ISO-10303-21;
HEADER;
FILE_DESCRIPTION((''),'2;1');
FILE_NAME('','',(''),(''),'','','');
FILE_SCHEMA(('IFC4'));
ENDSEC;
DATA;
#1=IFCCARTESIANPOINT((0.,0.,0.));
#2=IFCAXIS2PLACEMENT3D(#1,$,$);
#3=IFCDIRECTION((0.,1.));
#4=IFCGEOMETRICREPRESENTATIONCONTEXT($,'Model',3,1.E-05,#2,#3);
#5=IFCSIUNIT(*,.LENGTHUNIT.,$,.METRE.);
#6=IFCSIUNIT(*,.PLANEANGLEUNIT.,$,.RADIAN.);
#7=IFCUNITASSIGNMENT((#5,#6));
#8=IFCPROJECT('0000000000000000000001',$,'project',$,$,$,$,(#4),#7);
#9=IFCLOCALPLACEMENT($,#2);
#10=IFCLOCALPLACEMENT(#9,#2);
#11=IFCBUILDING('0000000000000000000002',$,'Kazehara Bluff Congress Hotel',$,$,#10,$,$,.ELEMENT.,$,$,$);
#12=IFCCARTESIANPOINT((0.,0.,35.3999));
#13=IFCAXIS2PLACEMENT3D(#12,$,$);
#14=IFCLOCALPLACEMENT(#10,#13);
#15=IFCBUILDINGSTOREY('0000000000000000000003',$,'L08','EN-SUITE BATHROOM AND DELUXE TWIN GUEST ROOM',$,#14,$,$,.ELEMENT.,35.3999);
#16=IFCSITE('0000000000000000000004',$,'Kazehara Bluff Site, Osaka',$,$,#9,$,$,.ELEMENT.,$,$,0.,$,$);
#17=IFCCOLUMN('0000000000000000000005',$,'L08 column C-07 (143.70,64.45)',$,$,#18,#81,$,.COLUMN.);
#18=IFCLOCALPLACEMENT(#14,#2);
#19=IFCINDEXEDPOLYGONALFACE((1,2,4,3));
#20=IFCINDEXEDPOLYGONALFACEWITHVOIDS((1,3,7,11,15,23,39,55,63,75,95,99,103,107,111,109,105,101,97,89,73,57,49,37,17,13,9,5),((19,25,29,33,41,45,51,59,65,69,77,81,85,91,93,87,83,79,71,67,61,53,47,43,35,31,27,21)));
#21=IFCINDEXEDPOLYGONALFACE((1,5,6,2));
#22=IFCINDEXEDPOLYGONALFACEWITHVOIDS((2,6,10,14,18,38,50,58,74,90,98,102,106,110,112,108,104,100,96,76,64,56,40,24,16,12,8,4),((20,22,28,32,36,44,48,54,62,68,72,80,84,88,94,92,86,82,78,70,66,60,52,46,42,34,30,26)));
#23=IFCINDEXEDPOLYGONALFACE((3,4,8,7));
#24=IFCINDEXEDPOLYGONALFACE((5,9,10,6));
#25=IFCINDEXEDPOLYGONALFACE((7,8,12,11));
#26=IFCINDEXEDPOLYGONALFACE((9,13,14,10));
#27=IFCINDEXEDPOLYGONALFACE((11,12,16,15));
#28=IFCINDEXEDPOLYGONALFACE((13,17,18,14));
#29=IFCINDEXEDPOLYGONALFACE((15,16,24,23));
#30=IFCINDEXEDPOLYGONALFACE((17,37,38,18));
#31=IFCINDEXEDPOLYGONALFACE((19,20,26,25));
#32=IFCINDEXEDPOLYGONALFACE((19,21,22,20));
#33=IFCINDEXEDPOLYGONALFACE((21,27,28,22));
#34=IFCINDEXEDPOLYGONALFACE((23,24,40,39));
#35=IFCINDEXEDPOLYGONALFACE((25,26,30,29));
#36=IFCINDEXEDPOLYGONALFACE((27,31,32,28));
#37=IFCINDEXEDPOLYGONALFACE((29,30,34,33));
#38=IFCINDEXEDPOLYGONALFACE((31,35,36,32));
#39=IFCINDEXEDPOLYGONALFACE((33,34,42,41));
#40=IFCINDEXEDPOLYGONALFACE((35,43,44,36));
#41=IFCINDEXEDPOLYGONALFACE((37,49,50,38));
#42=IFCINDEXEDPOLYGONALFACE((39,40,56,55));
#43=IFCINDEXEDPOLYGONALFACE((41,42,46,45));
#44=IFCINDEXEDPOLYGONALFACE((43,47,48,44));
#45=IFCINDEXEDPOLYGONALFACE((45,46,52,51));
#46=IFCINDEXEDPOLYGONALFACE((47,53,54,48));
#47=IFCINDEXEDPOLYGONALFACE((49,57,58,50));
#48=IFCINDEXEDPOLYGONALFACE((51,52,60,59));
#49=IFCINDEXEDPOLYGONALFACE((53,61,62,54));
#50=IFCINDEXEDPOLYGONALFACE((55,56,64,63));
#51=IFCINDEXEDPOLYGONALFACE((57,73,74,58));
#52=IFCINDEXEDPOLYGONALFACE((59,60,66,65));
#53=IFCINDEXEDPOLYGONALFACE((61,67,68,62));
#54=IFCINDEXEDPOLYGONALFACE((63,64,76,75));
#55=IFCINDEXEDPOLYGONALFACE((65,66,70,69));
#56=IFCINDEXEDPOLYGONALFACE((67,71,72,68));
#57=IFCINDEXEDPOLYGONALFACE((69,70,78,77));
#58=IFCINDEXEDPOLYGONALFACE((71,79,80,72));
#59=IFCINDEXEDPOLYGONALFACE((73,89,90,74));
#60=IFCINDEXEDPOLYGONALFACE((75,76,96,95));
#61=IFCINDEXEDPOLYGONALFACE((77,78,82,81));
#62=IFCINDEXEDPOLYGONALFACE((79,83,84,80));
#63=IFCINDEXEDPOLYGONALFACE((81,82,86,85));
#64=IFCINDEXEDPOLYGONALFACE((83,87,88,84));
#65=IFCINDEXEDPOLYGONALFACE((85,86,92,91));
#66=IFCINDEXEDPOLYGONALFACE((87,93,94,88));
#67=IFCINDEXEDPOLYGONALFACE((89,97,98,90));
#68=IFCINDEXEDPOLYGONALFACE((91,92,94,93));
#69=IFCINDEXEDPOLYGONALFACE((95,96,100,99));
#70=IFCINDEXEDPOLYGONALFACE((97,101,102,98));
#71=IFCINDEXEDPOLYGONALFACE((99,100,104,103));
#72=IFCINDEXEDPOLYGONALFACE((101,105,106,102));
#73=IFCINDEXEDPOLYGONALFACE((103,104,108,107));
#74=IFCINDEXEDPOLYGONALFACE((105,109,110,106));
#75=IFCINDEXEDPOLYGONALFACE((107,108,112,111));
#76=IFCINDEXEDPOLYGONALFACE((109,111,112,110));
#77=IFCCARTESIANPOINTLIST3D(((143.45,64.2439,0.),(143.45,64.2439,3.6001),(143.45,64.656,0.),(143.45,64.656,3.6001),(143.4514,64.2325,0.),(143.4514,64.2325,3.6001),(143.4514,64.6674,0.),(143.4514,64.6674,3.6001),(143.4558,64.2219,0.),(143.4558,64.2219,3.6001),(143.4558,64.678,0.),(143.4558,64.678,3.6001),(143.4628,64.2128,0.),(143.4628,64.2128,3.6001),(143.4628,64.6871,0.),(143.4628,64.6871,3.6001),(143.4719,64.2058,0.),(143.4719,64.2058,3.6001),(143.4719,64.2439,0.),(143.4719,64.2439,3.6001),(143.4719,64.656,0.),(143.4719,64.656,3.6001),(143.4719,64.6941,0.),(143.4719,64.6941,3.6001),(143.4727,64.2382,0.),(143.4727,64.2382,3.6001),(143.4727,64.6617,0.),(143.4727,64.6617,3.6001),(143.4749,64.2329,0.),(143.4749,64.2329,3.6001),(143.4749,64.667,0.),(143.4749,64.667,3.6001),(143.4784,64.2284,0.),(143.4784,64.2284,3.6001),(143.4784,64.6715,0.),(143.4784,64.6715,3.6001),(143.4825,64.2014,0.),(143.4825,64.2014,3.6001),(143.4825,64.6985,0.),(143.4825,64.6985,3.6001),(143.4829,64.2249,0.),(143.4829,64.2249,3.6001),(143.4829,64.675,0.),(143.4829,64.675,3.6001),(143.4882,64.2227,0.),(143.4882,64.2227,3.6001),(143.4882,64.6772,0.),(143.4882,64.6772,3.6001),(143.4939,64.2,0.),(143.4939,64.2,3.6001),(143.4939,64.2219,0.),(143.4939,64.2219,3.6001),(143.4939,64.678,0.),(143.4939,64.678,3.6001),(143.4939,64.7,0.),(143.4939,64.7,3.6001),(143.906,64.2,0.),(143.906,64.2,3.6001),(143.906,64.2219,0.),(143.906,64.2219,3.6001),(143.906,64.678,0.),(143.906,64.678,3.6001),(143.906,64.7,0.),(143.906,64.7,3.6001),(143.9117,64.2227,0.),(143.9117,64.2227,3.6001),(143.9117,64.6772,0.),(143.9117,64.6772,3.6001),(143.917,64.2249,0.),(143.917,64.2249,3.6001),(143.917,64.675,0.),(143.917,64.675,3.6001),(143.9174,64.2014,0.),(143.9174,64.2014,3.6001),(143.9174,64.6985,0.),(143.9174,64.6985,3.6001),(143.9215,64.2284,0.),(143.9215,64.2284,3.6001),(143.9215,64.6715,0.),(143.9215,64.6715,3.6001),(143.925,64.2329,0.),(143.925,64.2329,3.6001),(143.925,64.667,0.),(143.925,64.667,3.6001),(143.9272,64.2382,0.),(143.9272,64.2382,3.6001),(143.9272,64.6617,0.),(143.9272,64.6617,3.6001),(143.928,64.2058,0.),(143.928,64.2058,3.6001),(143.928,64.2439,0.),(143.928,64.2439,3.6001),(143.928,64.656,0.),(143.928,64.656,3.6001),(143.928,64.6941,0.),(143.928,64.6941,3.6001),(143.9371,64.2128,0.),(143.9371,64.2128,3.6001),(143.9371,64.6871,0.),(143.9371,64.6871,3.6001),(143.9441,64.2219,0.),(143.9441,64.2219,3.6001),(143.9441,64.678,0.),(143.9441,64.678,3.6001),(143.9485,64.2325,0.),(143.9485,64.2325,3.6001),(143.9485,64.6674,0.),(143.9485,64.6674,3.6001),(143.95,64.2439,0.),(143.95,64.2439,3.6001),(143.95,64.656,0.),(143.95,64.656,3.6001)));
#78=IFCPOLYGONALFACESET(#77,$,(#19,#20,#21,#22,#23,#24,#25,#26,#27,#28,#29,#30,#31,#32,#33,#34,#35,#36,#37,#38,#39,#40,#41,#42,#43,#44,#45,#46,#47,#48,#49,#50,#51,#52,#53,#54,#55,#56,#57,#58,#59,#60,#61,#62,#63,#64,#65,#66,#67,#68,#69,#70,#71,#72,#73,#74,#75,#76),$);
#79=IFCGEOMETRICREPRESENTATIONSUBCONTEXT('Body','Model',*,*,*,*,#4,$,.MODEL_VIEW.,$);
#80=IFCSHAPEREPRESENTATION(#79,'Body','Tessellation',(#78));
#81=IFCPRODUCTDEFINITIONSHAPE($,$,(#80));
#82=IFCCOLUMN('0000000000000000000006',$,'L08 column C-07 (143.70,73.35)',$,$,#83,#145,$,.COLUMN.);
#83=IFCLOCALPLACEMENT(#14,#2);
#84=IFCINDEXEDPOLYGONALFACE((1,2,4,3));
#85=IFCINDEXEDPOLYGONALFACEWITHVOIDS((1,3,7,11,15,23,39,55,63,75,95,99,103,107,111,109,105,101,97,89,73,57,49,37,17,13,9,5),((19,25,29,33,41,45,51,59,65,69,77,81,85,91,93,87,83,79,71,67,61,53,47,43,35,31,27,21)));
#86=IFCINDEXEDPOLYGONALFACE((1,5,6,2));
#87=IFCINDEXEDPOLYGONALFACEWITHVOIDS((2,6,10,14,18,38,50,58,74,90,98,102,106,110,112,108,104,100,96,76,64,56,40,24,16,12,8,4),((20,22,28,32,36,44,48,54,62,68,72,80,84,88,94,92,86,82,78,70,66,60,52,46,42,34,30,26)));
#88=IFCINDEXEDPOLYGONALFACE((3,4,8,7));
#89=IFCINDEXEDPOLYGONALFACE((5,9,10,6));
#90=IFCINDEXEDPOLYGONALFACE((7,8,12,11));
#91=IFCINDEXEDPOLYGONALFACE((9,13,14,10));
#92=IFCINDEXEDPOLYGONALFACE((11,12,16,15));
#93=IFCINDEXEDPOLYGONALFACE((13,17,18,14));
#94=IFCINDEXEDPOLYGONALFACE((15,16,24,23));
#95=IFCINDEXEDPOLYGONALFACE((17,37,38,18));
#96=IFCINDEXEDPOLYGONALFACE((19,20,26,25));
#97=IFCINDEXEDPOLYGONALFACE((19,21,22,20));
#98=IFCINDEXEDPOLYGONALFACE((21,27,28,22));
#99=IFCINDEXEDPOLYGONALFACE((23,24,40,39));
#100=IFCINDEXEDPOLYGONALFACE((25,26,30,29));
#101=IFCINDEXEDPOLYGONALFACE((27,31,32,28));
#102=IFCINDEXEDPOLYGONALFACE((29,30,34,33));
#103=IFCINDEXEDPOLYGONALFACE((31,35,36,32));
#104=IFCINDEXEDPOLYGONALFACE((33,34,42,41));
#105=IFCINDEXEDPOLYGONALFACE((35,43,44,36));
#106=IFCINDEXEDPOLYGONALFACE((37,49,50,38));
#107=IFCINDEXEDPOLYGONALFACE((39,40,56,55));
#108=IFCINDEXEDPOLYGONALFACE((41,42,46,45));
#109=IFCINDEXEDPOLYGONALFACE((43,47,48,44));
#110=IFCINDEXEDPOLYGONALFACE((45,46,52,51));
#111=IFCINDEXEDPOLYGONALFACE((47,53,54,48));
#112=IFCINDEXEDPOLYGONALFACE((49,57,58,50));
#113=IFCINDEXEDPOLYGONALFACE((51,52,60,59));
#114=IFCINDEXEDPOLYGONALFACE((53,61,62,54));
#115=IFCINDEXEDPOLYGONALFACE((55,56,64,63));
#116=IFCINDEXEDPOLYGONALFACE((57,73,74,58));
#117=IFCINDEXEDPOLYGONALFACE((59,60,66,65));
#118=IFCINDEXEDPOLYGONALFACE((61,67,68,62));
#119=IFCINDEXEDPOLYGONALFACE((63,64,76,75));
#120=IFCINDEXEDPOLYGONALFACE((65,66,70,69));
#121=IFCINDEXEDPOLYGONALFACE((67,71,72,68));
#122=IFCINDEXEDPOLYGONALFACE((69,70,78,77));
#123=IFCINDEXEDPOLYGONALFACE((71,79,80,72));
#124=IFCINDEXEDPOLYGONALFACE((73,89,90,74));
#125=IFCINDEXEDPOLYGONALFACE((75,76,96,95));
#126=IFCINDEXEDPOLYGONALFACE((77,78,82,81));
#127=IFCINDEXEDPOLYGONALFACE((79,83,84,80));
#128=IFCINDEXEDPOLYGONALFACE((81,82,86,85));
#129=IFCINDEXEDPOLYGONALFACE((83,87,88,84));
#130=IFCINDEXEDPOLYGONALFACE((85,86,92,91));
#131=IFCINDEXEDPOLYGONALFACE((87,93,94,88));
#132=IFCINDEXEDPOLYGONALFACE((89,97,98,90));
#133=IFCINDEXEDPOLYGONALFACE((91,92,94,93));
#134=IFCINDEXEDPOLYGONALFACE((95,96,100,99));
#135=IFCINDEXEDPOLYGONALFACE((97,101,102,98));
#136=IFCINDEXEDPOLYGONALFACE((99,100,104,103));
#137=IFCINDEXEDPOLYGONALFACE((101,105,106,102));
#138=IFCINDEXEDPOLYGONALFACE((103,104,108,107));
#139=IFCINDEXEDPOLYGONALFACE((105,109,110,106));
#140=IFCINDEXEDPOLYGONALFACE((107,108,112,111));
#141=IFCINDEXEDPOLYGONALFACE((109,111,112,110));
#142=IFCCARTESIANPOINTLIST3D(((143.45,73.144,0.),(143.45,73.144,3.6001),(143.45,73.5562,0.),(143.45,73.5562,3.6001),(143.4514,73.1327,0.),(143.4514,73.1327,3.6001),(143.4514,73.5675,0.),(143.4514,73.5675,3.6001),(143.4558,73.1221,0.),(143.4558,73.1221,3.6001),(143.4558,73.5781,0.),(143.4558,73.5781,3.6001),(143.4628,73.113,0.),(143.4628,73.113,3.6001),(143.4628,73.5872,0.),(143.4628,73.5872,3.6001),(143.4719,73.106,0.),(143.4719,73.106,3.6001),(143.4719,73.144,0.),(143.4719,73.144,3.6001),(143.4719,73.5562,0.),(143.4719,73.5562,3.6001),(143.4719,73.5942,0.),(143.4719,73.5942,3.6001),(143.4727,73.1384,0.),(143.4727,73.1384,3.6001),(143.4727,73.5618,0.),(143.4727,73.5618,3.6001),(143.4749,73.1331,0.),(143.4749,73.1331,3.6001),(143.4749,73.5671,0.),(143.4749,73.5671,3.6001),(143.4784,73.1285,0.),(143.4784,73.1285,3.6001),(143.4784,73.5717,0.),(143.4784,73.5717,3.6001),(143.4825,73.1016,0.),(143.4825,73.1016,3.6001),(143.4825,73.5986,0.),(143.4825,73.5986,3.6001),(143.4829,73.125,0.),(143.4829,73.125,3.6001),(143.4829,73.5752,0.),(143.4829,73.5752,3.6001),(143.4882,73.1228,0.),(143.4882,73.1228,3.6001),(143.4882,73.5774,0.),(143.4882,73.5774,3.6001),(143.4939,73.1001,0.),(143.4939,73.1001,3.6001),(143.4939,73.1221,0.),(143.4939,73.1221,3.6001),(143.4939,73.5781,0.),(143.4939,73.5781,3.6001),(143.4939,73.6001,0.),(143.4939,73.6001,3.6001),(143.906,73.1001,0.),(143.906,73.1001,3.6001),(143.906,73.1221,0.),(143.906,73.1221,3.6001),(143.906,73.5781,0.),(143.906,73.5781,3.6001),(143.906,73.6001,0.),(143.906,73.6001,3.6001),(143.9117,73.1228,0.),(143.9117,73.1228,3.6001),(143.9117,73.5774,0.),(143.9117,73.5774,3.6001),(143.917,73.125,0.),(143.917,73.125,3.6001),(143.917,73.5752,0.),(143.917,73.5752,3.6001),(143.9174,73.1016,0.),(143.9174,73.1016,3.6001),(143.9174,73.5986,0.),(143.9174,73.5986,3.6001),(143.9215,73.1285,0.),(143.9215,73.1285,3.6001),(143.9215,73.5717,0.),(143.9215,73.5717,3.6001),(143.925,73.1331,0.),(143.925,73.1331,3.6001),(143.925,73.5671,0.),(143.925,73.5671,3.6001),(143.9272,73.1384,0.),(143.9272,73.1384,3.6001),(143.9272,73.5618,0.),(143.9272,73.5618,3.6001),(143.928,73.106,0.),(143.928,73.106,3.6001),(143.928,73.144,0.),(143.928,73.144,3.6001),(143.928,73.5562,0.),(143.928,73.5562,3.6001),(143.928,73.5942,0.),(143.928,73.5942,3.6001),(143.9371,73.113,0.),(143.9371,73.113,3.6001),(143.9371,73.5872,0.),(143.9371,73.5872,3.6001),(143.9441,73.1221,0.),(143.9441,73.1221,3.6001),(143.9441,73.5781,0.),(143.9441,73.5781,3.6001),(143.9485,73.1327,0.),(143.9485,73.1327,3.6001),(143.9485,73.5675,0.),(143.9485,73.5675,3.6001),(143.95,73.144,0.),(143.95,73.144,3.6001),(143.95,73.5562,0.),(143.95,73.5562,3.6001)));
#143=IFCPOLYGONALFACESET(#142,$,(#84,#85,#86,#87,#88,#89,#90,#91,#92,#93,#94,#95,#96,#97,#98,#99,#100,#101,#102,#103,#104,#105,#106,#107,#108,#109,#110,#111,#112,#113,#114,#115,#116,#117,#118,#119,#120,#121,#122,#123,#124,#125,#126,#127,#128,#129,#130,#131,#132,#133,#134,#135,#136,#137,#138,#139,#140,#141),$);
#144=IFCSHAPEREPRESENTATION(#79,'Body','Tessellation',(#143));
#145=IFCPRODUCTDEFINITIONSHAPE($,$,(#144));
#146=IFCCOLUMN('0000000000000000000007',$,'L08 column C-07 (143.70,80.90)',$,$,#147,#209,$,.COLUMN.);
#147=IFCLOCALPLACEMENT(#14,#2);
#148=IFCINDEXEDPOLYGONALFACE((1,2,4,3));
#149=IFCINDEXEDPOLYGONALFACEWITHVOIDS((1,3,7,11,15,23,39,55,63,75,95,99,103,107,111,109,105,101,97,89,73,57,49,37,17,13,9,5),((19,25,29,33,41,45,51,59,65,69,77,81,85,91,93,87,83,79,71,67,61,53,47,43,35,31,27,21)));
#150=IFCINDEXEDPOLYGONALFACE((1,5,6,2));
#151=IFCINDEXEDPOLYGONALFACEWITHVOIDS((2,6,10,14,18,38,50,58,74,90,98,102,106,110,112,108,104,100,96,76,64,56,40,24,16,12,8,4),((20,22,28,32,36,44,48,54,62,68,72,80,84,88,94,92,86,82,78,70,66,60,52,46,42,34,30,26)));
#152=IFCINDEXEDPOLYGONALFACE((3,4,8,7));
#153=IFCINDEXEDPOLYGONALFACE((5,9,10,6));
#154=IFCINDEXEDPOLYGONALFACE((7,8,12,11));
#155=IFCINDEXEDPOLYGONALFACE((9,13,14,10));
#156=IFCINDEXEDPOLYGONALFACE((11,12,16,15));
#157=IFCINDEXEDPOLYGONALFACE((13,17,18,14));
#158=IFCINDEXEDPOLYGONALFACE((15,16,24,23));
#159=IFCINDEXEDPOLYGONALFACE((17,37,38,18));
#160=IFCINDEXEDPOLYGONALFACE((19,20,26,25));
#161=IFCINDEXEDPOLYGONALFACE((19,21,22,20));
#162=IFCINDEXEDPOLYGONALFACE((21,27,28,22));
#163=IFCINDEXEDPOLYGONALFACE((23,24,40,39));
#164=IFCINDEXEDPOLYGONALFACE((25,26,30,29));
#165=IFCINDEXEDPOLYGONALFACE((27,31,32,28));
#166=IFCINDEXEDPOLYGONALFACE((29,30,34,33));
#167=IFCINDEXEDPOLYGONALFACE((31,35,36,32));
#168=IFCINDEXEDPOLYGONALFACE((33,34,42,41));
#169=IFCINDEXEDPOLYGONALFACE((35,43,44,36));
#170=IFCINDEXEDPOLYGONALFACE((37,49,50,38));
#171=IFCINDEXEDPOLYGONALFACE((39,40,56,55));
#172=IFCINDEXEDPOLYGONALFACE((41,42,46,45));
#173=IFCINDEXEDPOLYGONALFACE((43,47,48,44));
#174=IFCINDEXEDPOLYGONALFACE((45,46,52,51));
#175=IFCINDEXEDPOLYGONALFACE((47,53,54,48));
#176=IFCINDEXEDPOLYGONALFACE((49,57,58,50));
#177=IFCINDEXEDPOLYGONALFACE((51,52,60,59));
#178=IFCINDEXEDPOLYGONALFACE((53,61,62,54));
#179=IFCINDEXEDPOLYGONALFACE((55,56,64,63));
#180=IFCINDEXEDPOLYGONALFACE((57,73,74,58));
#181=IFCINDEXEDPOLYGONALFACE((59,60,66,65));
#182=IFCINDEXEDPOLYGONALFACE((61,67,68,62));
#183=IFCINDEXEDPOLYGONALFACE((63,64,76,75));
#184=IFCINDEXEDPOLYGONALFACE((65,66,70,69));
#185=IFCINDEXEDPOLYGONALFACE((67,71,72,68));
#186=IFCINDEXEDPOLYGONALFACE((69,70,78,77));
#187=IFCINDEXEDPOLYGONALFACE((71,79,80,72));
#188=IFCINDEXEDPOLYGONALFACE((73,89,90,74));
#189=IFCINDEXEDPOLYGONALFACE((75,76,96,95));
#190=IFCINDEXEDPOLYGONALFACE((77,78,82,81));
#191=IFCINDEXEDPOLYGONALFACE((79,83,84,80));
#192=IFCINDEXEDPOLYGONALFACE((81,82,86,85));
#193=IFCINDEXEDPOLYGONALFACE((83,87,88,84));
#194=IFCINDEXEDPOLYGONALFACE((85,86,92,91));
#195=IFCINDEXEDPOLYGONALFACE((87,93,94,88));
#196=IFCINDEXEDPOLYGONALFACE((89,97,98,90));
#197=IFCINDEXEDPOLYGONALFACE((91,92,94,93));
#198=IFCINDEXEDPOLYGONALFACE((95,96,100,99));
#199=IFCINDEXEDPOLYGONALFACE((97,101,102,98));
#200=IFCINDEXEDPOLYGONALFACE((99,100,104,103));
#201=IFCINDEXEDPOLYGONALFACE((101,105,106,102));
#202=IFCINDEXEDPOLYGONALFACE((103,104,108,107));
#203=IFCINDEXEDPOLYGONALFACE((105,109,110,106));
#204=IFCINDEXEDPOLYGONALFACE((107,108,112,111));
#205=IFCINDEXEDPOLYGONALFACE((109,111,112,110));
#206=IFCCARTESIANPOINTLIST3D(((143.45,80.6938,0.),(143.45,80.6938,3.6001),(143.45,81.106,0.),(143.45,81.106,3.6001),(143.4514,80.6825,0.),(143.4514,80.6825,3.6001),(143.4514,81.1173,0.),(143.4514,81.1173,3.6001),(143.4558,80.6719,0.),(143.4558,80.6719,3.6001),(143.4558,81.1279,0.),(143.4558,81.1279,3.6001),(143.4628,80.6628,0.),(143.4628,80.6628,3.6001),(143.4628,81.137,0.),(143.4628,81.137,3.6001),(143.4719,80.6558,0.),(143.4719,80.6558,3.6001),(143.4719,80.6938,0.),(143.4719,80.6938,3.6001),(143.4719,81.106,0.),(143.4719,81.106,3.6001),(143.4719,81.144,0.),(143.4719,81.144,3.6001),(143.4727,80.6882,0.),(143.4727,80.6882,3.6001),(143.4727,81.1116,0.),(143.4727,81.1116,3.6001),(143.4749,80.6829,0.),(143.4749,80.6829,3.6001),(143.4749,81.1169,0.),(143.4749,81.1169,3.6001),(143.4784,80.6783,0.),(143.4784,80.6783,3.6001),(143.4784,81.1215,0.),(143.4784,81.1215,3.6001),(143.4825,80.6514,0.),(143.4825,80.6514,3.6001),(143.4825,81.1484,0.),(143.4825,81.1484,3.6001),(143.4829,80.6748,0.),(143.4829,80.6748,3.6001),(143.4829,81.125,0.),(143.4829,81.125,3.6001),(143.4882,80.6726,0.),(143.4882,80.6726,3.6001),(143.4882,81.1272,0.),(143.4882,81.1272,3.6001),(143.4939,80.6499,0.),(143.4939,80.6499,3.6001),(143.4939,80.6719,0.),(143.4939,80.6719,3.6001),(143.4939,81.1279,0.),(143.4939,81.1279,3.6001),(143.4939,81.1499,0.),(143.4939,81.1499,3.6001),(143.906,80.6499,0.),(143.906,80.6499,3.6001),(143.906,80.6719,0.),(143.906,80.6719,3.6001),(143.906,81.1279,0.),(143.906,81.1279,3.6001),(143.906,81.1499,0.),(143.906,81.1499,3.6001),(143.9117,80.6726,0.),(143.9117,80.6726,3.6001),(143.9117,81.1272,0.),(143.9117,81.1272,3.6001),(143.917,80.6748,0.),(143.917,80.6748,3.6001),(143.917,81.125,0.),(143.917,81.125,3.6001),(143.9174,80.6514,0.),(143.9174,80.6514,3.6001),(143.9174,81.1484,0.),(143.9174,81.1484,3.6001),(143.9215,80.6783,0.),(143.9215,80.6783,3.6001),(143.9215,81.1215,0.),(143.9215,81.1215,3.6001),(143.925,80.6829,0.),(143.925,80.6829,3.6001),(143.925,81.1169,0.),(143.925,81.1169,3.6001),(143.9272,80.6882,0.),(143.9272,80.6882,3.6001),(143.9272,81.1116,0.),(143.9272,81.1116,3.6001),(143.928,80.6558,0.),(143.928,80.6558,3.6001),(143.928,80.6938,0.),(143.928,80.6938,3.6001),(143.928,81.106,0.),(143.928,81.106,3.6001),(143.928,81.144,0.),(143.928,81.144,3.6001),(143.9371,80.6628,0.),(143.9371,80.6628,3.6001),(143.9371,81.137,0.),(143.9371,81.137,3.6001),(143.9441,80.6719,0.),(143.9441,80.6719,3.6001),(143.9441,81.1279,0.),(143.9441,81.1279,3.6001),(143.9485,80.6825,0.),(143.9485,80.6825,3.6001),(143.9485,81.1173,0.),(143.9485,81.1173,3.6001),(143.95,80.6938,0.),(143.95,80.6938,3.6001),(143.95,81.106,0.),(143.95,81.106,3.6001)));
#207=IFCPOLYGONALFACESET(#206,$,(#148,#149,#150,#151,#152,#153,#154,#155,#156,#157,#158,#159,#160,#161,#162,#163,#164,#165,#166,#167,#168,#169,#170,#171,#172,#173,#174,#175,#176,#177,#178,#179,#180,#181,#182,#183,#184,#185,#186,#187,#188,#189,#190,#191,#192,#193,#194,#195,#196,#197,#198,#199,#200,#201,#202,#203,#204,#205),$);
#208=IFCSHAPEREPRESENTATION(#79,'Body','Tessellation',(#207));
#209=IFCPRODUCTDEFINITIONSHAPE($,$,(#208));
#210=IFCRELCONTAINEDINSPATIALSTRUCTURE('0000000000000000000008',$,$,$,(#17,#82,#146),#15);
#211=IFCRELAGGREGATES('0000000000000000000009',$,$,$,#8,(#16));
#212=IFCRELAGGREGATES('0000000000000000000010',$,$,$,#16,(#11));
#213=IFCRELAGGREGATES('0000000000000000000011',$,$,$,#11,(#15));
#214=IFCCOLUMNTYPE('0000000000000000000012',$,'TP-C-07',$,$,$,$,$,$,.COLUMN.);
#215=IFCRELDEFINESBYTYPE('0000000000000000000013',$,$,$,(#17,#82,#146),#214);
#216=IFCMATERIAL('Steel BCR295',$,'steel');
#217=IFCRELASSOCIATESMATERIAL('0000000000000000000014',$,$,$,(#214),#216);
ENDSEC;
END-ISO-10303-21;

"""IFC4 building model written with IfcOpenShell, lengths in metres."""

from ifc_helpers import new_model, si_unit, direction, frame, origin, origin_2d, place, context, subcontext, project, spatial, hollow_rectangle, extrude, material, material_profile, profile_set, type_object, element, save


model = new_model("IFC4")

# Units and contexts
model_context = context("Model", 3, precision=1e-05, world=origin(), true_north=direction((0.0, 1.0)))
body_context = subcontext(model_context, "Body", "Model", "MODEL_VIEW")
ifc_project = project(units=[si_unit("LENGTHUNIT", "METRE"), si_unit("PLANEANGLEUNIT", "RADIAN")], contexts=[model_context])

# Site, building, storey
site_placement = place(None, origin())
site = spatial("IfcSite", under=ifc_project, at=site_placement, Name="Kazehara Bluff Site, Osaka", CompositionType="ELEMENT", RefElevation=0.0)
building_placement = place(site_placement, origin())
building = spatial("IfcBuilding", under=site, at=building_placement, Name="Kazehara Bluff Congress Hotel", CompositionType="ELEMENT")
storey_placement = place(building_placement, frame((0.0, 0.0, 35.3999)))
storey = spatial("IfcBuildingStorey", under=building, at=storey_placement, Name="L08", Description="EN-SUITE BATHROOM AND DELUXE TWIN GUEST ROOM", CompositionType="ELEMENT", Elevation=35.3999)

# Columns
ifc_material_1 = material(Name="Steel BCR295", Category="steel")
ifc_material_profile_1 = material_profile(ifc_material_1, hollow_rectangle(XDim=0.5, YDim=0.5, WallThickness=0.022, InnerFilletRadius=0.022, OuterFilletRadius=0.0439, at=origin_2d()))
ifc_profile_set_1 = profile_set([ifc_material_profile_1], Name="Steel BCR295")
column_type = type_object("IfcColumnType", Name="TP-C-07", PredefinedType="COLUMN", material=ifc_profile_set_1)
for number, where, z_axis, x_axis, name in (
    (1, (143.7, 64.45, 0.0), (0.0, 0.0, 1.0), (1.0, 0.0, 0.0), "L08 column C-07 (143.70,64.45)"),
    (2, (143.7, 73.3501, 0.0), (0.0, 0.0, 1.0), (1.0, 0.0, 0.0), "L08 column C-07 (143.70,73.35)"),
    (3, (143.7, 80.8999, 0.0), (0.0, 0.0, 1.0), (1.0, 0.0, 0.0), "L08 column C-07 (143.70,80.90)"),
):
    element("IfcColumn", number, at=place(storey_placement, frame(where, z_axis=z_axis, x_axis=x_axis)), inside=storey, type_object=column_type, Name=name, PredefinedType="COLUMN", context=body_context, shape_type="SweptSolid", body=[
        extrude(hollow_rectangle(XDim=0.5, YDim=0.5, WallThickness=0.022, InnerFilletRadius=0.022, OuterFilletRadius=0.0439, at=origin_2d()), origin(), (0.0, 0.0, 1.0), 3.6001),
    ])

save(model, "model.ifc")
